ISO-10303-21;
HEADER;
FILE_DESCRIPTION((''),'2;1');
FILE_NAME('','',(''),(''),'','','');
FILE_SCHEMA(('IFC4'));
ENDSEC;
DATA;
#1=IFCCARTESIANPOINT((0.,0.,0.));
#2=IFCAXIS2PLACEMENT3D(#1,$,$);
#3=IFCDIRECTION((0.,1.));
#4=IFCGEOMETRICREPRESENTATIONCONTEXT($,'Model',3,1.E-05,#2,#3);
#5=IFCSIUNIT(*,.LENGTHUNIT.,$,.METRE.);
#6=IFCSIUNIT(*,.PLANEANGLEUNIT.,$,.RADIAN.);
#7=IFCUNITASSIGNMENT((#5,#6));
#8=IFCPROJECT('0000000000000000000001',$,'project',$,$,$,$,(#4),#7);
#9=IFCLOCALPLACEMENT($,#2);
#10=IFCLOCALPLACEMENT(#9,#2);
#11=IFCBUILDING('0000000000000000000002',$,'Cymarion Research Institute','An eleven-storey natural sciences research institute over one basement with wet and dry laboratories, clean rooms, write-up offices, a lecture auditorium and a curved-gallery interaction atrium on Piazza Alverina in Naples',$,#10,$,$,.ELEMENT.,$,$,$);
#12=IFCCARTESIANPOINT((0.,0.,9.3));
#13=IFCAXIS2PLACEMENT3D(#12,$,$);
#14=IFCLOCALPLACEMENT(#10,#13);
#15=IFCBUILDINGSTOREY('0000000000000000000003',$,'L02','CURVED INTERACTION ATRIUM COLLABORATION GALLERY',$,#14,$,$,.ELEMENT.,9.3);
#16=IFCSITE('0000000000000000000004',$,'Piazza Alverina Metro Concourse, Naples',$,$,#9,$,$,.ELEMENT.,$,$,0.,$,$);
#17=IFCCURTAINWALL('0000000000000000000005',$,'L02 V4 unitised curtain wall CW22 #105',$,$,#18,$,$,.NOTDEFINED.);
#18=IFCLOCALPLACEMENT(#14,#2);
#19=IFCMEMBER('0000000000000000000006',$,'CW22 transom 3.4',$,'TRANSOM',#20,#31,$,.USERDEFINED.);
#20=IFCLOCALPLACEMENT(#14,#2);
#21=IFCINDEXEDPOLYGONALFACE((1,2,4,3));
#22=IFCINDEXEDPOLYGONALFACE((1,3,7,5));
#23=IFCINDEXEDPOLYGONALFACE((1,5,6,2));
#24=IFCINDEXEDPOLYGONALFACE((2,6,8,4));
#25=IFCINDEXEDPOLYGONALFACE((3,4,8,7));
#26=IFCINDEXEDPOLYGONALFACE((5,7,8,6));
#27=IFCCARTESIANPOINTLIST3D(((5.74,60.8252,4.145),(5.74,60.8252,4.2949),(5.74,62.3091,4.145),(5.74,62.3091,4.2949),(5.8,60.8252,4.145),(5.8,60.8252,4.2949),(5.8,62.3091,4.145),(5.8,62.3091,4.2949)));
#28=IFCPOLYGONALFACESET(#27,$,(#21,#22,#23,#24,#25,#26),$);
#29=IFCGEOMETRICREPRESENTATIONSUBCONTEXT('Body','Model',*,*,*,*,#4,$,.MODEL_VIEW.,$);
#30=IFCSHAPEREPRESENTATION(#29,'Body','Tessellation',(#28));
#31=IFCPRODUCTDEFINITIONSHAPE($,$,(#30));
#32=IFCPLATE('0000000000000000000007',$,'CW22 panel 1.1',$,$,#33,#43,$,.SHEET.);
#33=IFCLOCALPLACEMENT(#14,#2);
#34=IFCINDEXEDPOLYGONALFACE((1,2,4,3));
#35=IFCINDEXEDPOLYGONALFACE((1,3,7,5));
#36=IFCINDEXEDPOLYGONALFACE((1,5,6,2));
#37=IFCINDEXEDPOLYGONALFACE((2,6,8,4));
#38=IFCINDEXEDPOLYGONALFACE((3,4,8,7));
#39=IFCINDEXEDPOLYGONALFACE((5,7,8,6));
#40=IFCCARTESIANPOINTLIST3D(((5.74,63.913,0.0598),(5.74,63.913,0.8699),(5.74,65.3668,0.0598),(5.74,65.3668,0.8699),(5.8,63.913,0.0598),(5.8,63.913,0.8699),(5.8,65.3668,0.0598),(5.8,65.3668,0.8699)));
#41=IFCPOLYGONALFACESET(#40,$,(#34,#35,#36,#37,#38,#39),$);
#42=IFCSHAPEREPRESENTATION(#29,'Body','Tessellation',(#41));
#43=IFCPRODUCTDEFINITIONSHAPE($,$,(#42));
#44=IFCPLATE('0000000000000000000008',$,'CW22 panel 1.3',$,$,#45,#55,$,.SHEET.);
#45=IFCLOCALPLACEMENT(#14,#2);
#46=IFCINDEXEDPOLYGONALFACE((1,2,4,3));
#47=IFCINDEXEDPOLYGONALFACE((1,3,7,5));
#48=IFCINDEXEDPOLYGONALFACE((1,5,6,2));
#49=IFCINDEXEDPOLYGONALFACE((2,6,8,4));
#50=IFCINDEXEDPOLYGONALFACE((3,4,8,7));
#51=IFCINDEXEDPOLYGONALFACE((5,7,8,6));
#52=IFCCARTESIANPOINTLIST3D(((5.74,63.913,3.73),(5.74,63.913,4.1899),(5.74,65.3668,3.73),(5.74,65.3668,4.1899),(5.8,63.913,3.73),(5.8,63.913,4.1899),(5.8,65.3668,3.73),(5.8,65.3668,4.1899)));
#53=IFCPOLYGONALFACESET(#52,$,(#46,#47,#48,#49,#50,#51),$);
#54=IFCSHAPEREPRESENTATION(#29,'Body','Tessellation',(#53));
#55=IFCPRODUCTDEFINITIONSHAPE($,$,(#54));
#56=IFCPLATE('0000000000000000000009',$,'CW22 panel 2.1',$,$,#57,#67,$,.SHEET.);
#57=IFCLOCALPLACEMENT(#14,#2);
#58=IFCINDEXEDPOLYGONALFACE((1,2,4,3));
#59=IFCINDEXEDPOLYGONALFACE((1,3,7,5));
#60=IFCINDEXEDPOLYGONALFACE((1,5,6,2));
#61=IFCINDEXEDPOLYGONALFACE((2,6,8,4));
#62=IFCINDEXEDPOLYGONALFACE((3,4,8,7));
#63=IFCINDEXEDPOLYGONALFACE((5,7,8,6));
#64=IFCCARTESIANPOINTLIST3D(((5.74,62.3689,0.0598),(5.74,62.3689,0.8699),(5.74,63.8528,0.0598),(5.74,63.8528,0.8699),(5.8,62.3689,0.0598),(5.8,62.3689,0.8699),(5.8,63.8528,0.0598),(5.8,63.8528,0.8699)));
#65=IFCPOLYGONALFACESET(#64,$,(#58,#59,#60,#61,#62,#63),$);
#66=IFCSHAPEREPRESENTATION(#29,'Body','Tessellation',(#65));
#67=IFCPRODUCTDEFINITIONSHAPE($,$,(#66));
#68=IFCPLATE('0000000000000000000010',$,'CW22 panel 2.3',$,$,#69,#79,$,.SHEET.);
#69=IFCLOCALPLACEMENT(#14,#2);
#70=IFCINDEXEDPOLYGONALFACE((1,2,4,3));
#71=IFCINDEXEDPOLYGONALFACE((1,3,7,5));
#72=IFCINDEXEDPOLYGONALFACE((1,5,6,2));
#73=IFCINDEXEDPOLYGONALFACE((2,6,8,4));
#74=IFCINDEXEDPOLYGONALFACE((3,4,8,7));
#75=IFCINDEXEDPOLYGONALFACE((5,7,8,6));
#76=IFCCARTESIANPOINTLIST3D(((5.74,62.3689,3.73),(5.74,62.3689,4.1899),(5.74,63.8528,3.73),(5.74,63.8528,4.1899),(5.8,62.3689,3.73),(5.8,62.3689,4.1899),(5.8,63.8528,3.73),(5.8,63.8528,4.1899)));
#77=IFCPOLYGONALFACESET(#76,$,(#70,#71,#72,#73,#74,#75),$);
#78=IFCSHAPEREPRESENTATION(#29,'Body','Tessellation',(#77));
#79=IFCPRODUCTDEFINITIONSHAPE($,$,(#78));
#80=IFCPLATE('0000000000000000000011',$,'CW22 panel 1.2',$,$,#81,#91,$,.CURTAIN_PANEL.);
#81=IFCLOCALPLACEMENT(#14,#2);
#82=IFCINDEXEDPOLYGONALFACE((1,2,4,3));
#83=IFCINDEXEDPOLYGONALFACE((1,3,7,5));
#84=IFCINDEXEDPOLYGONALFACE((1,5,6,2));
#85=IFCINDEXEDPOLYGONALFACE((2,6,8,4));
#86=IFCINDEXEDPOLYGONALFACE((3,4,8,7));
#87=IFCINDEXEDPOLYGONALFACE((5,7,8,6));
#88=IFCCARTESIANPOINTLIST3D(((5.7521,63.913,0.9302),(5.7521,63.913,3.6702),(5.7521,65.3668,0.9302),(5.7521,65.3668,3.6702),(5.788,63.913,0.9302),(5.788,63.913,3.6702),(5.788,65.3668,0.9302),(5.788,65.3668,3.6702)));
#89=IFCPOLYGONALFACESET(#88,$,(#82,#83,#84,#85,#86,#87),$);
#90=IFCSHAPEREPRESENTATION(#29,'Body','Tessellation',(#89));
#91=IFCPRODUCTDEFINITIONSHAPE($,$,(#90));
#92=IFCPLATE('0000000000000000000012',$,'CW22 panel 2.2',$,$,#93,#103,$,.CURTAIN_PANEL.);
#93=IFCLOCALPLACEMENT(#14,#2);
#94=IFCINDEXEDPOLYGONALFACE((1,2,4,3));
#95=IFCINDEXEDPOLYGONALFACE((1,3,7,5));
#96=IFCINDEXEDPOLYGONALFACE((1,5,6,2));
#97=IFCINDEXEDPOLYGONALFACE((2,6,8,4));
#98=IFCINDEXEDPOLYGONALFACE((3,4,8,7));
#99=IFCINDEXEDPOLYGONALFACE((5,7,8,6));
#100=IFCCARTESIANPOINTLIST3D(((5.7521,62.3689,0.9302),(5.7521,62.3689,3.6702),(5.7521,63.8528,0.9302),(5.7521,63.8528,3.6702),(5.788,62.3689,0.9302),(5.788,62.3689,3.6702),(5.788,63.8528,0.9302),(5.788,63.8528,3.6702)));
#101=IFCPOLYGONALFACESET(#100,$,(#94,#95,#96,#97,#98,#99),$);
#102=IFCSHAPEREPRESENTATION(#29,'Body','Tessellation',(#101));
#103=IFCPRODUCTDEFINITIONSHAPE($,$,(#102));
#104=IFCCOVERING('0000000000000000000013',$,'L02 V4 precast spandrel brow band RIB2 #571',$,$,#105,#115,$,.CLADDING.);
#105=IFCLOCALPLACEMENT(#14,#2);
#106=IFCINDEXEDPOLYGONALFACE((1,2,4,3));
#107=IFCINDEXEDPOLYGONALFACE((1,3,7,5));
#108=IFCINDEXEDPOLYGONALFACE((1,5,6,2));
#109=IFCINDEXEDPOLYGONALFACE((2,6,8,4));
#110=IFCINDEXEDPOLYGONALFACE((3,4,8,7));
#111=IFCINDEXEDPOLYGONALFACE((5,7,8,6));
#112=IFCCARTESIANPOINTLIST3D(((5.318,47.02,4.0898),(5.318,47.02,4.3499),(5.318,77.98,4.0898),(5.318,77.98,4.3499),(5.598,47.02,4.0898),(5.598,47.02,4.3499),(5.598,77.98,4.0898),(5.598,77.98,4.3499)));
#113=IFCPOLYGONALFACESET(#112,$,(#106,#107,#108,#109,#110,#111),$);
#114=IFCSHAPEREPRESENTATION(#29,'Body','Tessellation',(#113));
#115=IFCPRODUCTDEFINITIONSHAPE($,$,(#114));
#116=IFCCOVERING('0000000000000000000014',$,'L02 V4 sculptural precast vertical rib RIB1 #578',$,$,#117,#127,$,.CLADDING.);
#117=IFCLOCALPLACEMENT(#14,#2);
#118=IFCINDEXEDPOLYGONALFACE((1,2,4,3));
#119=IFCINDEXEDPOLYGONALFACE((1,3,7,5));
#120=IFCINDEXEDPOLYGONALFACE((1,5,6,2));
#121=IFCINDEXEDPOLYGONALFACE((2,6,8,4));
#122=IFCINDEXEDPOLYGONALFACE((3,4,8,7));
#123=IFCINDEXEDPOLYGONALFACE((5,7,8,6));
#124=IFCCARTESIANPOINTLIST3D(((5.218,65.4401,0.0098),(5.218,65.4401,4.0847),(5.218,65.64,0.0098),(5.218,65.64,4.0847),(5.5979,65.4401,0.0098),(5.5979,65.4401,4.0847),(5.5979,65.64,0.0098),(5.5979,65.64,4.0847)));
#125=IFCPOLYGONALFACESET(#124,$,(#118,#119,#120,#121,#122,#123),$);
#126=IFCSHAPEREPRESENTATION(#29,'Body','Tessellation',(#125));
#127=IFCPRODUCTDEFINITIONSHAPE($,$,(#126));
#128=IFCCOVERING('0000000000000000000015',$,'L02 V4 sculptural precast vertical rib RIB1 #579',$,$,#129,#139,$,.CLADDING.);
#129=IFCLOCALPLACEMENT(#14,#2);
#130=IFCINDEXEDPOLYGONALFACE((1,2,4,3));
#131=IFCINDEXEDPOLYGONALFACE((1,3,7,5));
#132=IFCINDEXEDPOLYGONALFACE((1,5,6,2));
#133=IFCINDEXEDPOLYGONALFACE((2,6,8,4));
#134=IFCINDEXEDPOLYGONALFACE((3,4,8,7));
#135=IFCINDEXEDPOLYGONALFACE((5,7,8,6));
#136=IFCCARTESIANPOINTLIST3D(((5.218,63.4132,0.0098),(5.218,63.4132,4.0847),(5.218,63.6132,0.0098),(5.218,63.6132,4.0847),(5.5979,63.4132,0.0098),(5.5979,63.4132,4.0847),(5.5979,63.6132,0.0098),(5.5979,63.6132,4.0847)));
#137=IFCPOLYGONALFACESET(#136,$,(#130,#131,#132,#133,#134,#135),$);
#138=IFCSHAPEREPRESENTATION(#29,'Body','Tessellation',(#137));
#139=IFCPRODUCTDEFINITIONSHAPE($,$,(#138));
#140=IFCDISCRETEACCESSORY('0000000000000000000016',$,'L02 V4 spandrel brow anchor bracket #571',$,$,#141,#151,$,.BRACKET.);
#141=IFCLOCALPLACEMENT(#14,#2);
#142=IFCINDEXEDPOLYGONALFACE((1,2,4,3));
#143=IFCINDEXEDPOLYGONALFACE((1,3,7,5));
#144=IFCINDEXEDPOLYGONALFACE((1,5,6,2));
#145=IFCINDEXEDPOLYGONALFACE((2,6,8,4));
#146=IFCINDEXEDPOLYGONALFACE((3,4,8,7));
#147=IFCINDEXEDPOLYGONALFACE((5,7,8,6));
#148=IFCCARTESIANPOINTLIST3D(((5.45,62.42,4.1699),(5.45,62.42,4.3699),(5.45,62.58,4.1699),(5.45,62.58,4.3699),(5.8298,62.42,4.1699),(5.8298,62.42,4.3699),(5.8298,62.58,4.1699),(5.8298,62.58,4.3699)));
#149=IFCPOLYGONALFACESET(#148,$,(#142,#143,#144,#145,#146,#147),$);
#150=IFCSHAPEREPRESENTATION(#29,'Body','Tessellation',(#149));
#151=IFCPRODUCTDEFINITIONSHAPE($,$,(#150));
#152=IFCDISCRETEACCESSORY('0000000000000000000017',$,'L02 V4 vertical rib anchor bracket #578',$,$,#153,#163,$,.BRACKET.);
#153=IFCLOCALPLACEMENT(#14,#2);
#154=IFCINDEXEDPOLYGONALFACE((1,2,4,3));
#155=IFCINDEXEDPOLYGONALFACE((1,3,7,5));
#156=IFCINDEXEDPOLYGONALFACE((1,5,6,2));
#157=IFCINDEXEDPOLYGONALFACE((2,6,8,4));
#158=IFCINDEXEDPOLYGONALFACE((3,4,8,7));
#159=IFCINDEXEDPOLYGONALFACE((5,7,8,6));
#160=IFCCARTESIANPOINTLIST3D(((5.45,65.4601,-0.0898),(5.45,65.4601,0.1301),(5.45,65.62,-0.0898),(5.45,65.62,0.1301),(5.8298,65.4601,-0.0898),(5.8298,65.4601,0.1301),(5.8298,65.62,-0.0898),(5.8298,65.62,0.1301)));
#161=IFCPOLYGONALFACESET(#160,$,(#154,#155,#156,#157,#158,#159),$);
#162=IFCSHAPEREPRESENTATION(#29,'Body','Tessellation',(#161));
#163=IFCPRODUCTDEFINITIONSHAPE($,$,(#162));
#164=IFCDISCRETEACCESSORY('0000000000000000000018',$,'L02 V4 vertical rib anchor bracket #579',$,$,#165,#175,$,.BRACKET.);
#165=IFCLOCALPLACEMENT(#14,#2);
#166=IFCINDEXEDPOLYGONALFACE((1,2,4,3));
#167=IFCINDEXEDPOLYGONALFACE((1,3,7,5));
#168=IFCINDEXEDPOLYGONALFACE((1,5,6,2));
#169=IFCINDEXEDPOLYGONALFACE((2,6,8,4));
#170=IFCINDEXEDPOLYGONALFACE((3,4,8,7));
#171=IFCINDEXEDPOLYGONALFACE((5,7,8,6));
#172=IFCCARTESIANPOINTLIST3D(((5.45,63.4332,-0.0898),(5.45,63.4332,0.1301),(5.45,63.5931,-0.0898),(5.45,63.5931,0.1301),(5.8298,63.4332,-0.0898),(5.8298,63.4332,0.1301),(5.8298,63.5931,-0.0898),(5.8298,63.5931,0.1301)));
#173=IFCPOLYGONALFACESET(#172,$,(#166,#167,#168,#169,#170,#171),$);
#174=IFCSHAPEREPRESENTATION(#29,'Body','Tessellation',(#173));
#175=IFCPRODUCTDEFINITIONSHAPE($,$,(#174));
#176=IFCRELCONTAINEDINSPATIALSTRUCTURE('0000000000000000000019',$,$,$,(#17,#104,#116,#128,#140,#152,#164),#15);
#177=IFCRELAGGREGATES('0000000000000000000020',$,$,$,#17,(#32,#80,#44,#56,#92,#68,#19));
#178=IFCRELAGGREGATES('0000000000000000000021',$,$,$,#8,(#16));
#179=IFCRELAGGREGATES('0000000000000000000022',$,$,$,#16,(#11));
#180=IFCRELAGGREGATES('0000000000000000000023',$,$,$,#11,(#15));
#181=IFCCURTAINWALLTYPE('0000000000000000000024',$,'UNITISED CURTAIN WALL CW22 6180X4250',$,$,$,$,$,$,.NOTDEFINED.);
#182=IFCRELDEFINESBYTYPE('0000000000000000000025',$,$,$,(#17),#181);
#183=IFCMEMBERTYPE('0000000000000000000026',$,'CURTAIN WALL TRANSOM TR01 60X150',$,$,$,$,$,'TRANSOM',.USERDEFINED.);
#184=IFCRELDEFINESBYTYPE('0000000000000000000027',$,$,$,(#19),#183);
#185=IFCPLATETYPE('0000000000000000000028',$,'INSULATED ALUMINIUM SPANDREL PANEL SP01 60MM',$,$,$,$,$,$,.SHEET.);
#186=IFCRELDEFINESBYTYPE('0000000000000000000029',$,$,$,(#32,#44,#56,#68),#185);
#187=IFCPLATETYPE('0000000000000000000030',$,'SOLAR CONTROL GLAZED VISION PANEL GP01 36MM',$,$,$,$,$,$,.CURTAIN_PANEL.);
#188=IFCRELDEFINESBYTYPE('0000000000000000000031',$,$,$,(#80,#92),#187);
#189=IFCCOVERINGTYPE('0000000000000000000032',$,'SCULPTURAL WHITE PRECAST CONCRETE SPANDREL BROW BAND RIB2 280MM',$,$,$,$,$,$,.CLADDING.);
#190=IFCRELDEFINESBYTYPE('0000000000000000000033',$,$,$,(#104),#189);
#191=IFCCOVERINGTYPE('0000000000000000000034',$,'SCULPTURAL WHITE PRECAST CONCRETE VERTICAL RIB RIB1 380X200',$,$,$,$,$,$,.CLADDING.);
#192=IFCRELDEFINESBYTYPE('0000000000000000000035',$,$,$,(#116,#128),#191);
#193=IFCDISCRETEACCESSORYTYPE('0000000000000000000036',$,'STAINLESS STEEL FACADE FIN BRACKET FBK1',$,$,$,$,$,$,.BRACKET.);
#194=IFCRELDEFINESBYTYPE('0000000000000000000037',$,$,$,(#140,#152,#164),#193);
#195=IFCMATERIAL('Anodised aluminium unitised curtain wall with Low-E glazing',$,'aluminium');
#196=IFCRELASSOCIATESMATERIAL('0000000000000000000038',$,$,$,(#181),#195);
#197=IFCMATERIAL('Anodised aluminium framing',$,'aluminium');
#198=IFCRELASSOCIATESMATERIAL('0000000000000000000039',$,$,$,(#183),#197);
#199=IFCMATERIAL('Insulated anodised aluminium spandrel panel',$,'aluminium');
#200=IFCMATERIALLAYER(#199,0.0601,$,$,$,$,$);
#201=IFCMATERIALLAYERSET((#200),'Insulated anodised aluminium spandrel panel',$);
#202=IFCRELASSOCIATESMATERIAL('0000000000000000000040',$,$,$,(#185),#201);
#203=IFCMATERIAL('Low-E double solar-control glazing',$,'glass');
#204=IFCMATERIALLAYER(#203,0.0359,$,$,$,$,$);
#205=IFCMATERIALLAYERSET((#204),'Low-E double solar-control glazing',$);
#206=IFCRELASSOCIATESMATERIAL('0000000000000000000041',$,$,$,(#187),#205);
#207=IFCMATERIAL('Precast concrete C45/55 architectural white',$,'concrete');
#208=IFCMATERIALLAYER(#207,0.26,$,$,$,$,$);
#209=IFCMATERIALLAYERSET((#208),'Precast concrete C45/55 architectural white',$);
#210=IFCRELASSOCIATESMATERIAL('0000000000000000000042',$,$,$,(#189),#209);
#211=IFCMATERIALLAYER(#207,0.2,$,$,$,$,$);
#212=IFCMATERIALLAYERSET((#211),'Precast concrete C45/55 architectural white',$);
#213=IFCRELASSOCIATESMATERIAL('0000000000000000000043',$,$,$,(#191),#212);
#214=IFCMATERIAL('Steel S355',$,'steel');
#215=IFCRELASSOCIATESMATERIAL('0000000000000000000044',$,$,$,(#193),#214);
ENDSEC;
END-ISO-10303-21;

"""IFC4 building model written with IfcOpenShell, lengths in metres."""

from ifc_helpers import new_model, si_unit, direction, frame, origin, origin_2d, place, context, subcontext, project, spatial, rectangle, extrude, material, layer, layer_set, material_profile, profile_set, type_object, element, aggregate, save


model = new_model("IFC4")

# Units and contexts
model_context = context("Model", 3, precision=1e-05, world=origin(), true_north=direction((0.0, 1.0)))
body_context = subcontext(model_context, "Body", "Model", "MODEL_VIEW")
ifc_project = project(units=[si_unit("LENGTHUNIT", "METRE"), si_unit("PLANEANGLEUNIT", "RADIAN")], contexts=[model_context])

# Site, building, storey
site_placement = place(None, origin())
site = spatial("IfcSite", under=ifc_project, at=site_placement, Name="Piazza Alverina Metro Concourse, Naples", CompositionType="ELEMENT", RefElevation=0.0)
building_placement = place(site_placement, origin())
building = spatial("IfcBuilding", under=site, at=building_placement, Name="Cymarion Research Institute", Description="An eleven-storey natural sciences research institute over one basement with wet and dry laboratories, clean rooms, write-up offices, a lecture auditorium and a curved-gallery interaction atrium on Piazza Alverina in Naples", CompositionType="ELEMENT")
storey_placement = place(building_placement, frame((0.0, 0.0, 9.3)))
storey = spatial("IfcBuildingStorey", under=building, at=storey_placement, Name="L02", Description="CURVED INTERACTION ATRIUM COLLABORATION GALLERY", CompositionType="ELEMENT", Elevation=9.3)

# Shared definitions
ifc_material_1 = material(Name="Anodised aluminium unitised curtain wall with Low-E glazing", Category="aluminium")
curtain_wall_type = type_object("IfcCurtainWallType", Name="UNITISED CURTAIN WALL CW22 6180X4250", PredefinedType="NOTDEFINED", material=ifc_material_1)
ifc_material_2 = material(Name="Anodised aluminium framing", Category="aluminium")

# Curtain wall, member, plates
curtain_wall_1_placement = place(storey_placement, origin())
curtain_wall_1 = element("IfcCurtainWall", 1, at=curtain_wall_1_placement, inside=storey, type_object=curtain_wall_type, Name="L02 V4 unitised curtain wall CW22 #105", PredefinedType="NOTDEFINED")
ifc_material_profile_1 = material_profile(ifc_material_2, rectangle(XDim=0.0601, YDim=0.1499, at=origin_2d()), Name="ALU TRANSOM 60x150")
ifc_profile_set_1 = profile_set([ifc_material_profile_1], Name="Anodised aluminium framing")
member_type_1 = type_object("IfcMemberType", Name="CURTAIN WALL TRANSOM TR01 60X150", ElementType="TRANSOM", PredefinedType="USERDEFINED", material=ifc_profile_set_1)
member_1_placement = place(storey_placement, frame((5.77, 62.3091, 4.22), z_axis=(0.0, -1.0, 0.0), x_axis=(1.0, 0.0, 0.0)))
member_1 = element("IfcMember", 2, at=member_1_placement, type_object=member_type_1, Name="CW22 transom 3.4", ObjectType="TRANSOM", PredefinedType="USERDEFINED", context=body_context, shape_type="SweptSolid", body=[
    extrude(rectangle(XDim=0.0601, YDim=0.1499, at=origin_2d()), origin(), (0.0, 0.0, 1.0), 1.4839),
])
ifc_material_3 = material(Name="Insulated anodised aluminium spandrel panel", Category="aluminium")
ifc_layer_1 = layer(ifc_material_3, 0.0601)
ifc_layer_set_1 = layer_set([ifc_layer_1], Name="Insulated anodised aluminium spandrel panel")
plate_type_1 = type_object("IfcPlateType", Name="INSULATED ALUMINIUM SPANDREL PANEL SP01 60MM", PredefinedType="SHEET", material=ifc_layer_set_1)
plate_1_placement = place(storey_placement, frame((5.77, 64.6399, 0.0598), z_axis=(0.0, 0.0, 1.0), x_axis=(0.0, -1.0, 0.0)))
plate_1 = element("IfcPlate", 3, at=plate_1_placement, type_object=plate_type_1, Name="CW22 panel 1.1", PredefinedType="SHEET", context=body_context, shape_type="SweptSolid", body=[
    extrude(rectangle(XDim=1.4539, YDim=0.0601, at=origin_2d()), origin(), (0.0, 0.0, 1.0), 0.8101),
])
plate_2_placement = place(storey_placement, frame((5.77, 64.6399, 3.73), z_axis=(0.0, 0.0, 1.0), x_axis=(0.0, -1.0, 0.0)))
plate_2 = element("IfcPlate", 4, at=plate_2_placement, type_object=plate_type_1, Name="CW22 panel 1.3", PredefinedType="SHEET", context=body_context, shape_type="SweptSolid", body=[
    extrude(rectangle(XDim=1.4539, YDim=0.0601, at=origin_2d()), origin(), (0.0, 0.0, 1.0), 0.46),
])
plate_3_placement = place(storey_placement, frame((5.77, 63.1108, 0.0598), z_axis=(0.0, 0.0, 1.0), x_axis=(0.0, -1.0, 0.0)))
plate_3 = element("IfcPlate", 5, at=plate_3_placement, type_object=plate_type_1, Name="CW22 panel 2.1", PredefinedType="SHEET", context=body_context, shape_type="SweptSolid", body=[
    extrude(rectangle(XDim=1.4839, YDim=0.0601, at=origin_2d()), origin(), (0.0, 0.0, 1.0), 0.8101),
])
plate_4_placement = place(storey_placement, frame((5.77, 63.1108, 3.73), z_axis=(0.0, 0.0, 1.0), x_axis=(0.0, -1.0, 0.0)))
plate_4 = element("IfcPlate", 6, at=plate_4_placement, type_object=plate_type_1, Name="CW22 panel 2.3", PredefinedType="SHEET", context=body_context, shape_type="SweptSolid", body=[
    extrude(rectangle(XDim=1.4839, YDim=0.0601, at=origin_2d()), origin(), (0.0, 0.0, 1.0), 0.46),
])
ifc_material_4 = material(Name="Low-E double solar-control glazing", Category="glass")
ifc_layer_2 = layer(ifc_material_4, 0.0359)
ifc_layer_set_2 = layer_set([ifc_layer_2], Name="Low-E double solar-control glazing")
plate_type_2 = type_object("IfcPlateType", Name="SOLAR CONTROL GLAZED VISION PANEL GP01 36MM", PredefinedType="CURTAIN_PANEL", material=ifc_layer_set_2)
plate_5_placement = place(storey_placement, frame((5.77, 64.6399, 0.9302), z_axis=(0.0, 0.0, 1.0), x_axis=(0.0, -1.0, 0.0)))
plate_5 = element("IfcPlate", 7, at=plate_5_placement, type_object=plate_type_2, Name="CW22 panel 1.2", PredefinedType="CURTAIN_PANEL", context=body_context, shape_type="SweptSolid", body=[
    extrude(rectangle(XDim=1.4539, YDim=0.0359, at=origin_2d()), origin(), (0.0, 0.0, 1.0), 2.74),
])
plate_6_placement = place(storey_placement, frame((5.77, 63.1108, 0.9302), z_axis=(0.0, 0.0, 1.0), x_axis=(0.0, -1.0, 0.0)))
plate_6 = element("IfcPlate", 8, at=plate_6_placement, type_object=plate_type_2, Name="CW22 panel 2.2", PredefinedType="CURTAIN_PANEL", context=body_context, shape_type="SweptSolid", body=[
    extrude(rectangle(XDim=1.4839, YDim=0.0359, at=origin_2d()), origin(), (0.0, 0.0, 1.0), 2.74),
])
aggregate(curtain_wall_1, [plate_1, plate_5, plate_2, plate_3, plate_6, plate_4, member_1])

# Coverings
ifc_material_5 = material(Name="Precast concrete C45/55 architectural white", Category="concrete")
ifc_layer_3 = layer(ifc_material_5, 0.26)
ifc_layer_set_3 = layer_set([ifc_layer_3], Name="Precast concrete C45/55 architectural white")
covering_type_1 = type_object("IfcCoveringType", Name="SCULPTURAL WHITE PRECAST CONCRETE SPANDREL BROW BAND RIB2 280MM", PredefinedType="CLADDING", material=ifc_layer_set_3)
covering_placement = place(storey_placement, frame((5.458, 62.5, 4.0898), z_axis=(0.0, 0.0, 1.0), x_axis=(-1.0, 0.0, 0.0)))
element("IfcCovering", 9, at=covering_placement, inside=storey, type_object=covering_type_1, Name="L02 V4 precast spandrel brow band RIB2 #571", PredefinedType="CLADDING", context=body_context, shape_type="SweptSolid", body=[
    extrude(rectangle(XDim=0.28, YDim=30.96, at=origin_2d()), origin(), (0.0, 0.0, 1.0), 0.26),
])
ifc_layer_4 = layer(ifc_material_5, 0.2)
ifc_layer_set_4 = layer_set([ifc_layer_4], Name="Precast concrete C45/55 architectural white")
covering_type_2 = type_object("IfcCoveringType", Name="SCULPTURAL WHITE PRECAST CONCRETE VERTICAL RIB RIB1 380X200", PredefinedType="CLADDING", material=ifc_layer_set_4)
for number, where, z_axis, x_axis, name in (
    (10, (5.408, 65.54, 0.0098), (0.0, 0.0, 1.0), (-1.0, 0.0, 0.0), "L02 V4 sculptural precast vertical rib RIB1 #578"),
    (11, (5.408, 63.5132, 0.0098), (0.0, 0.0, 1.0), (-1.0, 0.0, 0.0), "L02 V4 sculptural precast vertical rib RIB1 #579"),
):
    element("IfcCovering", number, at=place(storey_placement, frame(where, z_axis=z_axis, x_axis=x_axis)), inside=storey, type_object=covering_type_2, Name=name, PredefinedType="CLADDING", context=body_context, shape_type="SweptSolid", body=[
        extrude(rectangle(XDim=0.3799, YDim=0.2, at=origin_2d()), origin(), (0.0, 0.0, 1.0), 4.075),
    ])

# Discrete accessories
ifc_material_6 = material(Name="Steel S355", Category="steel")
discrete_accessory_type = type_object("IfcDiscreteAccessoryType", Name="STAINLESS STEEL FACADE FIN BRACKET FBK1", PredefinedType="BRACKET", material=ifc_material_6)
discrete_accessory_placement = place(storey_placement, frame((5.6399, 62.5, 4.1699), z_axis=(0.0, 0.0, 1.0), x_axis=(-1.0, 0.0, 0.0)))
element("IfcDiscreteAccessory", 12, at=discrete_accessory_placement, inside=storey, type_object=discrete_accessory_type, Name="L02 V4 spandrel brow anchor bracket #571", PredefinedType="BRACKET", context=body_context, shape_type="SweptSolid", body=[
    extrude(rectangle(XDim=0.3799, YDim=0.1599, at=origin_2d()), origin(), (0.0, 0.0, 1.0), 0.2),
])
for number, where, z_axis, x_axis, name in (
    (13, (5.6399, 65.54, -0.0898), (0.0, 0.0, 1.0), (-1.0, 0.0, 0.0), "L02 V4 vertical rib anchor bracket #578"),
    (14, (5.6399, 63.5132, -0.0898), (0.0, 0.0, 1.0), (-1.0, 0.0, 0.0), "L02 V4 vertical rib anchor bracket #579"),
):
    element("IfcDiscreteAccessory", number, at=place(storey_placement, frame(where, z_axis=z_axis, x_axis=x_axis)), inside=storey, type_object=discrete_accessory_type, Name=name, PredefinedType="BRACKET", context=body_context, shape_type="SweptSolid", body=[
        extrude(rectangle(XDim=0.3799, YDim=0.1599, at=origin_2d()), origin(), (0.0, 0.0, 1.0), 0.22),
    ])

save(model, "model.ifc")
